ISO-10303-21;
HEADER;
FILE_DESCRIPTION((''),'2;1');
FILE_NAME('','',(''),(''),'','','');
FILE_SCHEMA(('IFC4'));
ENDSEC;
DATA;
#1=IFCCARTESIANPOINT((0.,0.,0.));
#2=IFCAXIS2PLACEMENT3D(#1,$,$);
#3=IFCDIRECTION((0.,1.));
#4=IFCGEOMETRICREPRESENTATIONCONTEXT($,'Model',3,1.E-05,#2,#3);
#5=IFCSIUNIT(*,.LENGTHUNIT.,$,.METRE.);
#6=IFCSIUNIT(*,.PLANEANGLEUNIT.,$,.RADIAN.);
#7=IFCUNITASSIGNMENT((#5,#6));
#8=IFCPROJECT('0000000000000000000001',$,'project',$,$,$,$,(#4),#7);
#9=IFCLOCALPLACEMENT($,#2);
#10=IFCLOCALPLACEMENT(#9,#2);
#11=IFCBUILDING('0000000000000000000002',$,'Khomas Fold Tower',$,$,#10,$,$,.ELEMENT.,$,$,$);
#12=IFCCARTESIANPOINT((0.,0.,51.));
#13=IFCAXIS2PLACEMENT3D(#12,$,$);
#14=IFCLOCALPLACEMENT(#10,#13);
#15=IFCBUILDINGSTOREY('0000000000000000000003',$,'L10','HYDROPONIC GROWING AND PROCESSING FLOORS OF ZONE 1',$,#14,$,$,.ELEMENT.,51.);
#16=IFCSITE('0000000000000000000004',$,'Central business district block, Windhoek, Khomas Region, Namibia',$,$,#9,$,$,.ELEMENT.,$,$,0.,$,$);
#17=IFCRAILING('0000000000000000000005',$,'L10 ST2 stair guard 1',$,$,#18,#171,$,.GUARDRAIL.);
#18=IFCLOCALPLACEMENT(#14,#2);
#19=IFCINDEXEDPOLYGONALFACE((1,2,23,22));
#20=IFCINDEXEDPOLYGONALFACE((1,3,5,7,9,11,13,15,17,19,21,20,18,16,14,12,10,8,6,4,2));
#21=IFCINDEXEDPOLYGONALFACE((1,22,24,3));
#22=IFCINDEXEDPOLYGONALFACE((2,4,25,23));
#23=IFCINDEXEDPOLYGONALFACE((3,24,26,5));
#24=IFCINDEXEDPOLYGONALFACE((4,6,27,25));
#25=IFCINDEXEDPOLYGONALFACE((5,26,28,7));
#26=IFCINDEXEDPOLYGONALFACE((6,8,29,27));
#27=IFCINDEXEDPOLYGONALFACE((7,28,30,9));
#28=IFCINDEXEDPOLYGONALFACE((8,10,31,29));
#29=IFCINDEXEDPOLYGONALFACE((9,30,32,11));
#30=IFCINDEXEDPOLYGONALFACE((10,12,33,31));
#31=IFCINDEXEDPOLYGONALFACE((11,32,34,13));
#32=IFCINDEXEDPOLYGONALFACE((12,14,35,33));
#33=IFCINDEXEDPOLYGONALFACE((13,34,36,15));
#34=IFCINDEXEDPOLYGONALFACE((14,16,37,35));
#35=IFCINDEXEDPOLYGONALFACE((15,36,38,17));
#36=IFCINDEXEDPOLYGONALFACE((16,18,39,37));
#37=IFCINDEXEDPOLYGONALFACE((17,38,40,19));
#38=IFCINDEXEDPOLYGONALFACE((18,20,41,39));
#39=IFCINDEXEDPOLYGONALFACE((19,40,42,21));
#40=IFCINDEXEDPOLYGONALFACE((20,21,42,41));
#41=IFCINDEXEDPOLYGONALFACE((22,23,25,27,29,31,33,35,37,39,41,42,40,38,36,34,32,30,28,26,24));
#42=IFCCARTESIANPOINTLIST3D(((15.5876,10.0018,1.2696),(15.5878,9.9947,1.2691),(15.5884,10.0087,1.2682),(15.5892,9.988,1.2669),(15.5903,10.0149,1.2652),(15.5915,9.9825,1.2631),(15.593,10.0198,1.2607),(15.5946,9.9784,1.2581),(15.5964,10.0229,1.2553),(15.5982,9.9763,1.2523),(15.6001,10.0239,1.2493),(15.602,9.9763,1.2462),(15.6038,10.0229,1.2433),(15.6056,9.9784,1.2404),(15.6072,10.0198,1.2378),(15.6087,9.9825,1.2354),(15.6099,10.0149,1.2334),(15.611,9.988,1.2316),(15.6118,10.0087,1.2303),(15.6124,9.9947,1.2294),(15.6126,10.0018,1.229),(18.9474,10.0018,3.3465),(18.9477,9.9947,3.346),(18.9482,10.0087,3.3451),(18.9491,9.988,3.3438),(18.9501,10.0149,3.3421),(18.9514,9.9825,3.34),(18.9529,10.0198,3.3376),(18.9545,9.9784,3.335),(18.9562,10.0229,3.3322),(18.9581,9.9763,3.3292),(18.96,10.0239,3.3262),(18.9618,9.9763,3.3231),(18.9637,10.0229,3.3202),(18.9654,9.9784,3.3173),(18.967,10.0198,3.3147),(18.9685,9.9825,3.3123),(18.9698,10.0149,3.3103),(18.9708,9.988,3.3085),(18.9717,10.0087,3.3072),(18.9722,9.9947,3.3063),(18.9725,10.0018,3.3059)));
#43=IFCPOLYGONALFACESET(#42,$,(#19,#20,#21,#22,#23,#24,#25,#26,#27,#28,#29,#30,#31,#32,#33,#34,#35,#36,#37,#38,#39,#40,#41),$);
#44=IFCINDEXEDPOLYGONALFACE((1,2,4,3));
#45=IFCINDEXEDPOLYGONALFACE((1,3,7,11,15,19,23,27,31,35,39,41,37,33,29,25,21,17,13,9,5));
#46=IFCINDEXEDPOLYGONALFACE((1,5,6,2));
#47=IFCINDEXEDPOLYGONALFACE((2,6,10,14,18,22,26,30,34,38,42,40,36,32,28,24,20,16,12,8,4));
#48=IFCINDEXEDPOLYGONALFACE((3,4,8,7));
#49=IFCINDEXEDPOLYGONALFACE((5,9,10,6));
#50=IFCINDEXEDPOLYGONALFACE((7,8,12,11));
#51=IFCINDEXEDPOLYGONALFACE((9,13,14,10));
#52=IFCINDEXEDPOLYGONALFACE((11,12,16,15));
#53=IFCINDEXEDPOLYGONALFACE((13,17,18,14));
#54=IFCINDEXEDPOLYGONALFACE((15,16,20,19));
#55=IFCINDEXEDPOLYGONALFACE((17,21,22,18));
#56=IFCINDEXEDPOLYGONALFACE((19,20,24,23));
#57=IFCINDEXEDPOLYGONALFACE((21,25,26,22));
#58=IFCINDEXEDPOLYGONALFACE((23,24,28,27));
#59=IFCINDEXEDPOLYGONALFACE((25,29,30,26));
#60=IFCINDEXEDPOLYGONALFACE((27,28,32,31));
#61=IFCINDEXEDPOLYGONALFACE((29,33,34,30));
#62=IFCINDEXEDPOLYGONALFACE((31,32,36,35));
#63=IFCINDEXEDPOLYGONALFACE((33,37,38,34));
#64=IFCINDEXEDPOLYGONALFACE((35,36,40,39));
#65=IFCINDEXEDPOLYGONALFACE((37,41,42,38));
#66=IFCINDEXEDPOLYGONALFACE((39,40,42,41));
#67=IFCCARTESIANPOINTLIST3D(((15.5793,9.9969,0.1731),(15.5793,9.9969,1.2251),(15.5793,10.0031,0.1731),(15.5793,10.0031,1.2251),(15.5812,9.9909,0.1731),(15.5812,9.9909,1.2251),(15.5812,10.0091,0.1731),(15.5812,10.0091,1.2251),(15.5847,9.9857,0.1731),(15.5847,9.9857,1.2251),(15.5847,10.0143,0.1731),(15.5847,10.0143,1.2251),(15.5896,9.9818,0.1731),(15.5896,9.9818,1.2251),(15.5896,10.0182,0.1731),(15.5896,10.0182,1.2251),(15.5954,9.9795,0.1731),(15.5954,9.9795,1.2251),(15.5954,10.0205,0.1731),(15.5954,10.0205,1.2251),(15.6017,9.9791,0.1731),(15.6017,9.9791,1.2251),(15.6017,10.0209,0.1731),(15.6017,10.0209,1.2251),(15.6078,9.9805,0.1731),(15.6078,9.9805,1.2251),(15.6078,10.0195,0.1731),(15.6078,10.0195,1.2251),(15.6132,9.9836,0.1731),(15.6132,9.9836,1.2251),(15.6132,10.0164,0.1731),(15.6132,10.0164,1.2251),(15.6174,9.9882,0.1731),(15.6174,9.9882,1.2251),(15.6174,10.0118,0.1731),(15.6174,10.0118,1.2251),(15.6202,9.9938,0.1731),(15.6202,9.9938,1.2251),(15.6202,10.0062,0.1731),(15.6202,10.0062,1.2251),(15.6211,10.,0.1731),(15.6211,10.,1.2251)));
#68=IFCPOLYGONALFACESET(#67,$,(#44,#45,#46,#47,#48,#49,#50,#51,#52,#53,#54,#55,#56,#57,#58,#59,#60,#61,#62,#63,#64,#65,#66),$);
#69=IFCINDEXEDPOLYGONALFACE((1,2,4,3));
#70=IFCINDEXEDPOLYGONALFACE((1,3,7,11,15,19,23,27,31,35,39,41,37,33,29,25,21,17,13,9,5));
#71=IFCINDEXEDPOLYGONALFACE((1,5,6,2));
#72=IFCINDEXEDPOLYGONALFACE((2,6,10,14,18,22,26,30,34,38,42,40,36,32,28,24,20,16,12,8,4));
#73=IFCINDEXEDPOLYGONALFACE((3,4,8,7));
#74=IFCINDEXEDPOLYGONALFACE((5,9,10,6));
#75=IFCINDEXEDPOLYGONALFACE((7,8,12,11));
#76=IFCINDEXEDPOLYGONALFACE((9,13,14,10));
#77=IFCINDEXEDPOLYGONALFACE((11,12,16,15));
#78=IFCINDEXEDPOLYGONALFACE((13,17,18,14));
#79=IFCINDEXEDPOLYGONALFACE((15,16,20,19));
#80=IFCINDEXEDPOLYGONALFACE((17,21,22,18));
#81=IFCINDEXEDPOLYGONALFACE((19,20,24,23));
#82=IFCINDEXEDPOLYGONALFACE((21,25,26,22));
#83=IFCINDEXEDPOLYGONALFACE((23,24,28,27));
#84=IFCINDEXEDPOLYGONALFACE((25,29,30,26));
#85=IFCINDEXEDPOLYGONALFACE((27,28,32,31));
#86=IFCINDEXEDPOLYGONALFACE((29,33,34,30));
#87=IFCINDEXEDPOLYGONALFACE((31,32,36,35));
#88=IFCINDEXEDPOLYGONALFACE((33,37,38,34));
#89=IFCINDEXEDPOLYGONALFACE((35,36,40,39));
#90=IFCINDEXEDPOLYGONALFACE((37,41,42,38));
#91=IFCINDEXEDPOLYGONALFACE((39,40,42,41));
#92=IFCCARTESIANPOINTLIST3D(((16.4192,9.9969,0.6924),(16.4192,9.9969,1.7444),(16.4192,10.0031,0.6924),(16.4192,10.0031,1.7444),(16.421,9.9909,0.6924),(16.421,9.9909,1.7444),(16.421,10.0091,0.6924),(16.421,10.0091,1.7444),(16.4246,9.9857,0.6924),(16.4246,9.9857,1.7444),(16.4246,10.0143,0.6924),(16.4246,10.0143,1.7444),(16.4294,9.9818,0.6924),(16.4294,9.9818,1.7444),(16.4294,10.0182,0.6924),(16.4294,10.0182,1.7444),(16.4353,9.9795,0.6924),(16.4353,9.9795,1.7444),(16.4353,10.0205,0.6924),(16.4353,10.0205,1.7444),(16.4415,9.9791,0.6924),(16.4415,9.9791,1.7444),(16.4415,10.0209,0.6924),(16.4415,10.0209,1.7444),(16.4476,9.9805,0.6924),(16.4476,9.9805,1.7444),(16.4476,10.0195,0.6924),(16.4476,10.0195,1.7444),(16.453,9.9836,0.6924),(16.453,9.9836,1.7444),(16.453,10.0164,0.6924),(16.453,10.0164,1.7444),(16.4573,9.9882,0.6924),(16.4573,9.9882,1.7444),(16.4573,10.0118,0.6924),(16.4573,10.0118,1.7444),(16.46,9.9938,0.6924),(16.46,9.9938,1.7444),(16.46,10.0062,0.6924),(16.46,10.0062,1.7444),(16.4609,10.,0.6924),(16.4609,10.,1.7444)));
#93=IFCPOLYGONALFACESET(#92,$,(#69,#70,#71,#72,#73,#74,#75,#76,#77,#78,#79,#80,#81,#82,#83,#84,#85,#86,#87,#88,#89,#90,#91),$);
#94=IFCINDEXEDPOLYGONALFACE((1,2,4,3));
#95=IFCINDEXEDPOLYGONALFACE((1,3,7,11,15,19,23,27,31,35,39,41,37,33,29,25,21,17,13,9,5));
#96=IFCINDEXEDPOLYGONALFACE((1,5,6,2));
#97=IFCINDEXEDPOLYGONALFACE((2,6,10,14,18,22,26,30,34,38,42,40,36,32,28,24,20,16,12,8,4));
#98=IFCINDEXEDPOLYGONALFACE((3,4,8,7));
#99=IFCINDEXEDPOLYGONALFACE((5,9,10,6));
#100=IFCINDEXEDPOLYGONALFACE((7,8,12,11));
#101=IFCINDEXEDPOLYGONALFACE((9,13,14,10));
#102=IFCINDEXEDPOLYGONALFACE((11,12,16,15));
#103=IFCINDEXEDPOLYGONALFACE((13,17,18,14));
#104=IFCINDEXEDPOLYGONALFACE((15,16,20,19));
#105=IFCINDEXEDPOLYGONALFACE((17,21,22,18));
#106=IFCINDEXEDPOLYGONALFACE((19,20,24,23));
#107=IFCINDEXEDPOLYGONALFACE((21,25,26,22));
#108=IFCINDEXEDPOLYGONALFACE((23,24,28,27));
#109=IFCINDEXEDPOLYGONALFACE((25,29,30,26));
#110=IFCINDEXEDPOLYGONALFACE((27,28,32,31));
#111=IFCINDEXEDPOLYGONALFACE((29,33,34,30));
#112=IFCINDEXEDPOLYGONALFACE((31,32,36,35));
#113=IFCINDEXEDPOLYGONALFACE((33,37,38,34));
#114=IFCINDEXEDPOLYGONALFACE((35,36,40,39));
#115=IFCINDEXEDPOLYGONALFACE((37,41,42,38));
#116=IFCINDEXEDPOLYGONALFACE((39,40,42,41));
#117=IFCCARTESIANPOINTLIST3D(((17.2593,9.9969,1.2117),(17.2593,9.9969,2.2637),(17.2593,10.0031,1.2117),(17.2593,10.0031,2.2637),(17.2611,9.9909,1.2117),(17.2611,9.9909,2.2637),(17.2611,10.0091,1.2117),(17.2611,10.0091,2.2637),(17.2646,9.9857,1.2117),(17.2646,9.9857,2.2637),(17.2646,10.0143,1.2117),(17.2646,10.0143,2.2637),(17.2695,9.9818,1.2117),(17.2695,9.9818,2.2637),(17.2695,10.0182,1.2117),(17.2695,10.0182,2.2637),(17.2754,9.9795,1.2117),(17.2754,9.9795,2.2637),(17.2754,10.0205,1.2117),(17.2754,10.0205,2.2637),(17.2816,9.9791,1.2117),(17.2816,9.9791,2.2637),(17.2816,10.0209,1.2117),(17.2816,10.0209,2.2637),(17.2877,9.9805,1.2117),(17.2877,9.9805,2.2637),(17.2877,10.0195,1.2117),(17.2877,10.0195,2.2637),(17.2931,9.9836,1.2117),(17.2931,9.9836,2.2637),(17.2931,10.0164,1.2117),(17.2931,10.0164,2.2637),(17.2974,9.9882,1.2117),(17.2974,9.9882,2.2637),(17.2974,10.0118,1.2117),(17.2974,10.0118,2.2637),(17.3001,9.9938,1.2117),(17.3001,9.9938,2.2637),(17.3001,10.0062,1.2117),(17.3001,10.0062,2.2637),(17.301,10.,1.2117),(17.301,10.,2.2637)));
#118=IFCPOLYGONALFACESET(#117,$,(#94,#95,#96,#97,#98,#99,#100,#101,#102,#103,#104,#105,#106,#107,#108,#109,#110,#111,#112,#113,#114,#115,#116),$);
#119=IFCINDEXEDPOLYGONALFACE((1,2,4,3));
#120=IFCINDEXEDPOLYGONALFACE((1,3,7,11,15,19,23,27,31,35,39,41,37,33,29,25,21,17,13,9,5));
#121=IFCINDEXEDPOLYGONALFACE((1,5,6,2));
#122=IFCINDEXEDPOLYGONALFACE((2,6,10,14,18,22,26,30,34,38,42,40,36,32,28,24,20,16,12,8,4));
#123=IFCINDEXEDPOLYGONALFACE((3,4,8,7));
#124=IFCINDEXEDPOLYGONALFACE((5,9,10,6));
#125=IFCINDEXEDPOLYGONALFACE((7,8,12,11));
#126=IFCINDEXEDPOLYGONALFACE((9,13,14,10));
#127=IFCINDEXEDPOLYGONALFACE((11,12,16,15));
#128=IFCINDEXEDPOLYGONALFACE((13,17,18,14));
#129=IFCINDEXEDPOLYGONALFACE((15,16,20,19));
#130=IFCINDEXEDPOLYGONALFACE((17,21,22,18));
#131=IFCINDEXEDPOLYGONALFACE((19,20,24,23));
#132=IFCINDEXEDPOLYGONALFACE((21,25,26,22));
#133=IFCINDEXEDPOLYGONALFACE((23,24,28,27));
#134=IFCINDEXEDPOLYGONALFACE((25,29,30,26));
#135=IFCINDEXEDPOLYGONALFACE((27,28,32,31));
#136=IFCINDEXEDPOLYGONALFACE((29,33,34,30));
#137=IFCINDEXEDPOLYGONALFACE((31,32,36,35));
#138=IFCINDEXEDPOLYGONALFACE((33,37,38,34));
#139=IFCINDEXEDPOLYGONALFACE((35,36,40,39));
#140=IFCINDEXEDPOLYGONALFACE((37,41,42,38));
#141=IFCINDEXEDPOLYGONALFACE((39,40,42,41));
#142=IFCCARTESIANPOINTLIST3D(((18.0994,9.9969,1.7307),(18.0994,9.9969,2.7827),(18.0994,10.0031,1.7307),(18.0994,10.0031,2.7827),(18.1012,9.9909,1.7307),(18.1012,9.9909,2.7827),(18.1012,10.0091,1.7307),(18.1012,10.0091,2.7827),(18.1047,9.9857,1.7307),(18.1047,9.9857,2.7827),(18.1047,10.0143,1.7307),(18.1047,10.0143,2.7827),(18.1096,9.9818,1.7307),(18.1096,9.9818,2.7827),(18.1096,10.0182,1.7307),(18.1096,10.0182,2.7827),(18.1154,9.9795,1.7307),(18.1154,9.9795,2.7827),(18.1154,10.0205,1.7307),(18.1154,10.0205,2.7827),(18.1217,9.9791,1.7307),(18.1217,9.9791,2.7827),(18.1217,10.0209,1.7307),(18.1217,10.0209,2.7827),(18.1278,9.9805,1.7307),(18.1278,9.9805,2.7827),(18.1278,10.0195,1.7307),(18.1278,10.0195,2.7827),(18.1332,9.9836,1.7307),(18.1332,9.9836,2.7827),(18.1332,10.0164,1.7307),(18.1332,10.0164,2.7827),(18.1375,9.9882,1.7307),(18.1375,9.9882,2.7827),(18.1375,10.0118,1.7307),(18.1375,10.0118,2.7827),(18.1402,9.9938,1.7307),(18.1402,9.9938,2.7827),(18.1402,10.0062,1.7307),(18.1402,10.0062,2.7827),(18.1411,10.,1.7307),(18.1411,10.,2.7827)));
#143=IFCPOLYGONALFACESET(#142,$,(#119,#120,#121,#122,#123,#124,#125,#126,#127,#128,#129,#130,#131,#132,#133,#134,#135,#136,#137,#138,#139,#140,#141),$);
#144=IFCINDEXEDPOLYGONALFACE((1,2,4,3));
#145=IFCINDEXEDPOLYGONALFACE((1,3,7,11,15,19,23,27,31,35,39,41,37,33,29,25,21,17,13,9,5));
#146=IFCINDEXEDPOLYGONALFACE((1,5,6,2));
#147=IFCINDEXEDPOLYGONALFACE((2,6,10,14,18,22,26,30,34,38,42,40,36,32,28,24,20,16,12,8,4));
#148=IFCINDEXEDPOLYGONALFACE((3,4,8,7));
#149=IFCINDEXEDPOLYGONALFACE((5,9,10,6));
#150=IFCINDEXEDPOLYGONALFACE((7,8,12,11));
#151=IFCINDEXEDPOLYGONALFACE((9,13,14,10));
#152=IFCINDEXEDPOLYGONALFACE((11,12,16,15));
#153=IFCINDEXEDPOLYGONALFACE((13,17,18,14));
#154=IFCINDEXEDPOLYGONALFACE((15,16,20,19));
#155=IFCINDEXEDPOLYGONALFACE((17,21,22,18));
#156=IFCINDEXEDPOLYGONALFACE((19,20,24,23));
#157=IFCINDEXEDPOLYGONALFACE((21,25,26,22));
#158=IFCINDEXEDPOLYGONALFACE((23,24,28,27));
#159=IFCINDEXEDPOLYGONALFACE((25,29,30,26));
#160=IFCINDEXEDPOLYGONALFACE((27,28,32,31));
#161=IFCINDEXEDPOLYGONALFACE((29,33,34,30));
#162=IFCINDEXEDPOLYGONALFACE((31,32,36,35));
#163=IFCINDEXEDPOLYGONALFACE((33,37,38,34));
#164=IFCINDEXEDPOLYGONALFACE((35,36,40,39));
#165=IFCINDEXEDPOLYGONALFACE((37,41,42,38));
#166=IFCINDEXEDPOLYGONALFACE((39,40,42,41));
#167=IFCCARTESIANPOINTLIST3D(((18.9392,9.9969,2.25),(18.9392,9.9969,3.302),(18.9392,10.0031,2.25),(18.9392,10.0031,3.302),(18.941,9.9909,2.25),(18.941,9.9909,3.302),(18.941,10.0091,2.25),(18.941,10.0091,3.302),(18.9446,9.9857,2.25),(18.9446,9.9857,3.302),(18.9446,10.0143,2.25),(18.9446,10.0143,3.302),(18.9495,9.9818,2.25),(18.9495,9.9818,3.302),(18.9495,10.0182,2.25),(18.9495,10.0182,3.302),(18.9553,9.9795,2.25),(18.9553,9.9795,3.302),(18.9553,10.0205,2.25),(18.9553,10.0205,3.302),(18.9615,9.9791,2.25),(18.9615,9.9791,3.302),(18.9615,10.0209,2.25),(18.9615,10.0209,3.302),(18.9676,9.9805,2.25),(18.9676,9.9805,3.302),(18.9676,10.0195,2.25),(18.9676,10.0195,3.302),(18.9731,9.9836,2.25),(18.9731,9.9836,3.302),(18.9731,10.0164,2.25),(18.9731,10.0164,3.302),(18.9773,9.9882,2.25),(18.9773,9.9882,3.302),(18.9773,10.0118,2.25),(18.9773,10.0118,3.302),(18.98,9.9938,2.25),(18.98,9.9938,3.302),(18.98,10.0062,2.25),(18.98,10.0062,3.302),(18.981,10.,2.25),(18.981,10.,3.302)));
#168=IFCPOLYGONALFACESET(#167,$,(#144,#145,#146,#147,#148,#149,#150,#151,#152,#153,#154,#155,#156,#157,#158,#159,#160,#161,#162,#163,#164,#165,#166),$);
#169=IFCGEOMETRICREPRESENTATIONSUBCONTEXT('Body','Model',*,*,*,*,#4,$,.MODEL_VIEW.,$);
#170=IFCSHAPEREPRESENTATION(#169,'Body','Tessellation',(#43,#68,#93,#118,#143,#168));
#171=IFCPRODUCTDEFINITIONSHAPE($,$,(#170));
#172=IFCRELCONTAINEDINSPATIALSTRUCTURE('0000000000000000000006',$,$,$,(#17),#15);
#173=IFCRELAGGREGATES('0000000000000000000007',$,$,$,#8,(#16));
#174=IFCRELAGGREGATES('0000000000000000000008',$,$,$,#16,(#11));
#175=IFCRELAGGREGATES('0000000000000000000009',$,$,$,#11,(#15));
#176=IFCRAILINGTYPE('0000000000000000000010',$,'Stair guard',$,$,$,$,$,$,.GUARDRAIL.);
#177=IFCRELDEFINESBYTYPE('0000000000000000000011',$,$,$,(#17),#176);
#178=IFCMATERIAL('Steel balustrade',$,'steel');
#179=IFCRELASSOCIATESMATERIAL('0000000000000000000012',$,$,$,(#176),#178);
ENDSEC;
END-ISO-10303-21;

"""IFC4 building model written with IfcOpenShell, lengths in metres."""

from ifc_helpers import new_model, si_unit, direction, frame, origin, origin_2d, place, context, subcontext, project, spatial, circle, extrude, source, transform, mapped, material, type_object, element, save


model = new_model("IFC4")

# Units and contexts
model_context = context("Model", 3, precision=1e-05, world=origin(), true_north=direction((0.0, 1.0)))
body_context = subcontext(model_context, "Body", "Model", "MODEL_VIEW")
ifc_project = project(units=[si_unit("LENGTHUNIT", "METRE"), si_unit("PLANEANGLEUNIT", "RADIAN")], contexts=[model_context])

# Site, building, storey
site_placement = place(None, origin())
site = spatial("IfcSite", under=ifc_project, at=site_placement, Name="Central business district block, Windhoek, Khomas Region, Namibia", CompositionType="ELEMENT", RefElevation=0.0)
building_placement = place(site_placement, origin())
building = spatial("IfcBuilding", under=site, at=building_placement, Name="Khomas Fold Tower", CompositionType="ELEMENT")
storey_placement = place(building_placement, frame((0.0, 0.0, 51.0)))
storey = spatial("IfcBuildingStorey", under=building, at=storey_placement, Name="L10", Description="HYDROPONIC GROWING AND PROCESSING FLOORS OF ZONE 1", CompositionType="ELEMENT", Elevation=51.0)

# Railing
ifc_material_1 = material(Name="Steel balustrade", Category="steel")
railing_type = type_object("IfcRailingType", Name="Stair guard", PredefinedType="GUARDRAIL", material=ifc_material_1)
shared_shape_1 = source(origin(), body_context, "Body", "SweptSolid", [
    extrude(circle(Radius=0.0239, at=origin_2d()), frame((0.0, 0.0, 1.0762), z_axis=(0.850606, 0.0, 0.525803), x_axis=(0.0, 1.0, 0.0)), (0.0, 0.0, 1.0), 3.95),
    extrude(circle(Radius=0.021, at=origin_2d()), origin(), (0.0, 0.0, 1.0), 1.052),
    extrude(circle(Radius=0.021, at=origin_2d()), frame((0.8398, 0.0, 0.5193)), (0.0, 0.0, 1.0), 1.052),
    extrude(circle(Radius=0.021, at=origin_2d()), frame((1.6799, 0.0, 1.0386)), (0.0, 0.0, 1.0), 1.052),
    extrude(circle(Radius=0.021, at=origin_2d()), frame((2.52, 0.0, 1.5576)), (0.0, 0.0, 1.0), 1.052),
    extrude(circle(Radius=0.021, at=origin_2d()), frame((3.3599, 0.0, 2.0769)), (0.0, 0.0, 1.0), 1.052),
])
railing_1_placement = place(storey_placement, frame((15.6001, 10.0, 0.1731)))
element("IfcRailing", 1, at=railing_1_placement, inside=storey, type_object=railing_type, Name="L10 ST2 stair guard 1", PredefinedType="GUARDRAIL", context=body_context, shape_type="MappedRepresentation", body=[
    mapped(shared_shape_1, transform((0.0, 0.0, 0.0))),
])

save(model, "model.ifc")
